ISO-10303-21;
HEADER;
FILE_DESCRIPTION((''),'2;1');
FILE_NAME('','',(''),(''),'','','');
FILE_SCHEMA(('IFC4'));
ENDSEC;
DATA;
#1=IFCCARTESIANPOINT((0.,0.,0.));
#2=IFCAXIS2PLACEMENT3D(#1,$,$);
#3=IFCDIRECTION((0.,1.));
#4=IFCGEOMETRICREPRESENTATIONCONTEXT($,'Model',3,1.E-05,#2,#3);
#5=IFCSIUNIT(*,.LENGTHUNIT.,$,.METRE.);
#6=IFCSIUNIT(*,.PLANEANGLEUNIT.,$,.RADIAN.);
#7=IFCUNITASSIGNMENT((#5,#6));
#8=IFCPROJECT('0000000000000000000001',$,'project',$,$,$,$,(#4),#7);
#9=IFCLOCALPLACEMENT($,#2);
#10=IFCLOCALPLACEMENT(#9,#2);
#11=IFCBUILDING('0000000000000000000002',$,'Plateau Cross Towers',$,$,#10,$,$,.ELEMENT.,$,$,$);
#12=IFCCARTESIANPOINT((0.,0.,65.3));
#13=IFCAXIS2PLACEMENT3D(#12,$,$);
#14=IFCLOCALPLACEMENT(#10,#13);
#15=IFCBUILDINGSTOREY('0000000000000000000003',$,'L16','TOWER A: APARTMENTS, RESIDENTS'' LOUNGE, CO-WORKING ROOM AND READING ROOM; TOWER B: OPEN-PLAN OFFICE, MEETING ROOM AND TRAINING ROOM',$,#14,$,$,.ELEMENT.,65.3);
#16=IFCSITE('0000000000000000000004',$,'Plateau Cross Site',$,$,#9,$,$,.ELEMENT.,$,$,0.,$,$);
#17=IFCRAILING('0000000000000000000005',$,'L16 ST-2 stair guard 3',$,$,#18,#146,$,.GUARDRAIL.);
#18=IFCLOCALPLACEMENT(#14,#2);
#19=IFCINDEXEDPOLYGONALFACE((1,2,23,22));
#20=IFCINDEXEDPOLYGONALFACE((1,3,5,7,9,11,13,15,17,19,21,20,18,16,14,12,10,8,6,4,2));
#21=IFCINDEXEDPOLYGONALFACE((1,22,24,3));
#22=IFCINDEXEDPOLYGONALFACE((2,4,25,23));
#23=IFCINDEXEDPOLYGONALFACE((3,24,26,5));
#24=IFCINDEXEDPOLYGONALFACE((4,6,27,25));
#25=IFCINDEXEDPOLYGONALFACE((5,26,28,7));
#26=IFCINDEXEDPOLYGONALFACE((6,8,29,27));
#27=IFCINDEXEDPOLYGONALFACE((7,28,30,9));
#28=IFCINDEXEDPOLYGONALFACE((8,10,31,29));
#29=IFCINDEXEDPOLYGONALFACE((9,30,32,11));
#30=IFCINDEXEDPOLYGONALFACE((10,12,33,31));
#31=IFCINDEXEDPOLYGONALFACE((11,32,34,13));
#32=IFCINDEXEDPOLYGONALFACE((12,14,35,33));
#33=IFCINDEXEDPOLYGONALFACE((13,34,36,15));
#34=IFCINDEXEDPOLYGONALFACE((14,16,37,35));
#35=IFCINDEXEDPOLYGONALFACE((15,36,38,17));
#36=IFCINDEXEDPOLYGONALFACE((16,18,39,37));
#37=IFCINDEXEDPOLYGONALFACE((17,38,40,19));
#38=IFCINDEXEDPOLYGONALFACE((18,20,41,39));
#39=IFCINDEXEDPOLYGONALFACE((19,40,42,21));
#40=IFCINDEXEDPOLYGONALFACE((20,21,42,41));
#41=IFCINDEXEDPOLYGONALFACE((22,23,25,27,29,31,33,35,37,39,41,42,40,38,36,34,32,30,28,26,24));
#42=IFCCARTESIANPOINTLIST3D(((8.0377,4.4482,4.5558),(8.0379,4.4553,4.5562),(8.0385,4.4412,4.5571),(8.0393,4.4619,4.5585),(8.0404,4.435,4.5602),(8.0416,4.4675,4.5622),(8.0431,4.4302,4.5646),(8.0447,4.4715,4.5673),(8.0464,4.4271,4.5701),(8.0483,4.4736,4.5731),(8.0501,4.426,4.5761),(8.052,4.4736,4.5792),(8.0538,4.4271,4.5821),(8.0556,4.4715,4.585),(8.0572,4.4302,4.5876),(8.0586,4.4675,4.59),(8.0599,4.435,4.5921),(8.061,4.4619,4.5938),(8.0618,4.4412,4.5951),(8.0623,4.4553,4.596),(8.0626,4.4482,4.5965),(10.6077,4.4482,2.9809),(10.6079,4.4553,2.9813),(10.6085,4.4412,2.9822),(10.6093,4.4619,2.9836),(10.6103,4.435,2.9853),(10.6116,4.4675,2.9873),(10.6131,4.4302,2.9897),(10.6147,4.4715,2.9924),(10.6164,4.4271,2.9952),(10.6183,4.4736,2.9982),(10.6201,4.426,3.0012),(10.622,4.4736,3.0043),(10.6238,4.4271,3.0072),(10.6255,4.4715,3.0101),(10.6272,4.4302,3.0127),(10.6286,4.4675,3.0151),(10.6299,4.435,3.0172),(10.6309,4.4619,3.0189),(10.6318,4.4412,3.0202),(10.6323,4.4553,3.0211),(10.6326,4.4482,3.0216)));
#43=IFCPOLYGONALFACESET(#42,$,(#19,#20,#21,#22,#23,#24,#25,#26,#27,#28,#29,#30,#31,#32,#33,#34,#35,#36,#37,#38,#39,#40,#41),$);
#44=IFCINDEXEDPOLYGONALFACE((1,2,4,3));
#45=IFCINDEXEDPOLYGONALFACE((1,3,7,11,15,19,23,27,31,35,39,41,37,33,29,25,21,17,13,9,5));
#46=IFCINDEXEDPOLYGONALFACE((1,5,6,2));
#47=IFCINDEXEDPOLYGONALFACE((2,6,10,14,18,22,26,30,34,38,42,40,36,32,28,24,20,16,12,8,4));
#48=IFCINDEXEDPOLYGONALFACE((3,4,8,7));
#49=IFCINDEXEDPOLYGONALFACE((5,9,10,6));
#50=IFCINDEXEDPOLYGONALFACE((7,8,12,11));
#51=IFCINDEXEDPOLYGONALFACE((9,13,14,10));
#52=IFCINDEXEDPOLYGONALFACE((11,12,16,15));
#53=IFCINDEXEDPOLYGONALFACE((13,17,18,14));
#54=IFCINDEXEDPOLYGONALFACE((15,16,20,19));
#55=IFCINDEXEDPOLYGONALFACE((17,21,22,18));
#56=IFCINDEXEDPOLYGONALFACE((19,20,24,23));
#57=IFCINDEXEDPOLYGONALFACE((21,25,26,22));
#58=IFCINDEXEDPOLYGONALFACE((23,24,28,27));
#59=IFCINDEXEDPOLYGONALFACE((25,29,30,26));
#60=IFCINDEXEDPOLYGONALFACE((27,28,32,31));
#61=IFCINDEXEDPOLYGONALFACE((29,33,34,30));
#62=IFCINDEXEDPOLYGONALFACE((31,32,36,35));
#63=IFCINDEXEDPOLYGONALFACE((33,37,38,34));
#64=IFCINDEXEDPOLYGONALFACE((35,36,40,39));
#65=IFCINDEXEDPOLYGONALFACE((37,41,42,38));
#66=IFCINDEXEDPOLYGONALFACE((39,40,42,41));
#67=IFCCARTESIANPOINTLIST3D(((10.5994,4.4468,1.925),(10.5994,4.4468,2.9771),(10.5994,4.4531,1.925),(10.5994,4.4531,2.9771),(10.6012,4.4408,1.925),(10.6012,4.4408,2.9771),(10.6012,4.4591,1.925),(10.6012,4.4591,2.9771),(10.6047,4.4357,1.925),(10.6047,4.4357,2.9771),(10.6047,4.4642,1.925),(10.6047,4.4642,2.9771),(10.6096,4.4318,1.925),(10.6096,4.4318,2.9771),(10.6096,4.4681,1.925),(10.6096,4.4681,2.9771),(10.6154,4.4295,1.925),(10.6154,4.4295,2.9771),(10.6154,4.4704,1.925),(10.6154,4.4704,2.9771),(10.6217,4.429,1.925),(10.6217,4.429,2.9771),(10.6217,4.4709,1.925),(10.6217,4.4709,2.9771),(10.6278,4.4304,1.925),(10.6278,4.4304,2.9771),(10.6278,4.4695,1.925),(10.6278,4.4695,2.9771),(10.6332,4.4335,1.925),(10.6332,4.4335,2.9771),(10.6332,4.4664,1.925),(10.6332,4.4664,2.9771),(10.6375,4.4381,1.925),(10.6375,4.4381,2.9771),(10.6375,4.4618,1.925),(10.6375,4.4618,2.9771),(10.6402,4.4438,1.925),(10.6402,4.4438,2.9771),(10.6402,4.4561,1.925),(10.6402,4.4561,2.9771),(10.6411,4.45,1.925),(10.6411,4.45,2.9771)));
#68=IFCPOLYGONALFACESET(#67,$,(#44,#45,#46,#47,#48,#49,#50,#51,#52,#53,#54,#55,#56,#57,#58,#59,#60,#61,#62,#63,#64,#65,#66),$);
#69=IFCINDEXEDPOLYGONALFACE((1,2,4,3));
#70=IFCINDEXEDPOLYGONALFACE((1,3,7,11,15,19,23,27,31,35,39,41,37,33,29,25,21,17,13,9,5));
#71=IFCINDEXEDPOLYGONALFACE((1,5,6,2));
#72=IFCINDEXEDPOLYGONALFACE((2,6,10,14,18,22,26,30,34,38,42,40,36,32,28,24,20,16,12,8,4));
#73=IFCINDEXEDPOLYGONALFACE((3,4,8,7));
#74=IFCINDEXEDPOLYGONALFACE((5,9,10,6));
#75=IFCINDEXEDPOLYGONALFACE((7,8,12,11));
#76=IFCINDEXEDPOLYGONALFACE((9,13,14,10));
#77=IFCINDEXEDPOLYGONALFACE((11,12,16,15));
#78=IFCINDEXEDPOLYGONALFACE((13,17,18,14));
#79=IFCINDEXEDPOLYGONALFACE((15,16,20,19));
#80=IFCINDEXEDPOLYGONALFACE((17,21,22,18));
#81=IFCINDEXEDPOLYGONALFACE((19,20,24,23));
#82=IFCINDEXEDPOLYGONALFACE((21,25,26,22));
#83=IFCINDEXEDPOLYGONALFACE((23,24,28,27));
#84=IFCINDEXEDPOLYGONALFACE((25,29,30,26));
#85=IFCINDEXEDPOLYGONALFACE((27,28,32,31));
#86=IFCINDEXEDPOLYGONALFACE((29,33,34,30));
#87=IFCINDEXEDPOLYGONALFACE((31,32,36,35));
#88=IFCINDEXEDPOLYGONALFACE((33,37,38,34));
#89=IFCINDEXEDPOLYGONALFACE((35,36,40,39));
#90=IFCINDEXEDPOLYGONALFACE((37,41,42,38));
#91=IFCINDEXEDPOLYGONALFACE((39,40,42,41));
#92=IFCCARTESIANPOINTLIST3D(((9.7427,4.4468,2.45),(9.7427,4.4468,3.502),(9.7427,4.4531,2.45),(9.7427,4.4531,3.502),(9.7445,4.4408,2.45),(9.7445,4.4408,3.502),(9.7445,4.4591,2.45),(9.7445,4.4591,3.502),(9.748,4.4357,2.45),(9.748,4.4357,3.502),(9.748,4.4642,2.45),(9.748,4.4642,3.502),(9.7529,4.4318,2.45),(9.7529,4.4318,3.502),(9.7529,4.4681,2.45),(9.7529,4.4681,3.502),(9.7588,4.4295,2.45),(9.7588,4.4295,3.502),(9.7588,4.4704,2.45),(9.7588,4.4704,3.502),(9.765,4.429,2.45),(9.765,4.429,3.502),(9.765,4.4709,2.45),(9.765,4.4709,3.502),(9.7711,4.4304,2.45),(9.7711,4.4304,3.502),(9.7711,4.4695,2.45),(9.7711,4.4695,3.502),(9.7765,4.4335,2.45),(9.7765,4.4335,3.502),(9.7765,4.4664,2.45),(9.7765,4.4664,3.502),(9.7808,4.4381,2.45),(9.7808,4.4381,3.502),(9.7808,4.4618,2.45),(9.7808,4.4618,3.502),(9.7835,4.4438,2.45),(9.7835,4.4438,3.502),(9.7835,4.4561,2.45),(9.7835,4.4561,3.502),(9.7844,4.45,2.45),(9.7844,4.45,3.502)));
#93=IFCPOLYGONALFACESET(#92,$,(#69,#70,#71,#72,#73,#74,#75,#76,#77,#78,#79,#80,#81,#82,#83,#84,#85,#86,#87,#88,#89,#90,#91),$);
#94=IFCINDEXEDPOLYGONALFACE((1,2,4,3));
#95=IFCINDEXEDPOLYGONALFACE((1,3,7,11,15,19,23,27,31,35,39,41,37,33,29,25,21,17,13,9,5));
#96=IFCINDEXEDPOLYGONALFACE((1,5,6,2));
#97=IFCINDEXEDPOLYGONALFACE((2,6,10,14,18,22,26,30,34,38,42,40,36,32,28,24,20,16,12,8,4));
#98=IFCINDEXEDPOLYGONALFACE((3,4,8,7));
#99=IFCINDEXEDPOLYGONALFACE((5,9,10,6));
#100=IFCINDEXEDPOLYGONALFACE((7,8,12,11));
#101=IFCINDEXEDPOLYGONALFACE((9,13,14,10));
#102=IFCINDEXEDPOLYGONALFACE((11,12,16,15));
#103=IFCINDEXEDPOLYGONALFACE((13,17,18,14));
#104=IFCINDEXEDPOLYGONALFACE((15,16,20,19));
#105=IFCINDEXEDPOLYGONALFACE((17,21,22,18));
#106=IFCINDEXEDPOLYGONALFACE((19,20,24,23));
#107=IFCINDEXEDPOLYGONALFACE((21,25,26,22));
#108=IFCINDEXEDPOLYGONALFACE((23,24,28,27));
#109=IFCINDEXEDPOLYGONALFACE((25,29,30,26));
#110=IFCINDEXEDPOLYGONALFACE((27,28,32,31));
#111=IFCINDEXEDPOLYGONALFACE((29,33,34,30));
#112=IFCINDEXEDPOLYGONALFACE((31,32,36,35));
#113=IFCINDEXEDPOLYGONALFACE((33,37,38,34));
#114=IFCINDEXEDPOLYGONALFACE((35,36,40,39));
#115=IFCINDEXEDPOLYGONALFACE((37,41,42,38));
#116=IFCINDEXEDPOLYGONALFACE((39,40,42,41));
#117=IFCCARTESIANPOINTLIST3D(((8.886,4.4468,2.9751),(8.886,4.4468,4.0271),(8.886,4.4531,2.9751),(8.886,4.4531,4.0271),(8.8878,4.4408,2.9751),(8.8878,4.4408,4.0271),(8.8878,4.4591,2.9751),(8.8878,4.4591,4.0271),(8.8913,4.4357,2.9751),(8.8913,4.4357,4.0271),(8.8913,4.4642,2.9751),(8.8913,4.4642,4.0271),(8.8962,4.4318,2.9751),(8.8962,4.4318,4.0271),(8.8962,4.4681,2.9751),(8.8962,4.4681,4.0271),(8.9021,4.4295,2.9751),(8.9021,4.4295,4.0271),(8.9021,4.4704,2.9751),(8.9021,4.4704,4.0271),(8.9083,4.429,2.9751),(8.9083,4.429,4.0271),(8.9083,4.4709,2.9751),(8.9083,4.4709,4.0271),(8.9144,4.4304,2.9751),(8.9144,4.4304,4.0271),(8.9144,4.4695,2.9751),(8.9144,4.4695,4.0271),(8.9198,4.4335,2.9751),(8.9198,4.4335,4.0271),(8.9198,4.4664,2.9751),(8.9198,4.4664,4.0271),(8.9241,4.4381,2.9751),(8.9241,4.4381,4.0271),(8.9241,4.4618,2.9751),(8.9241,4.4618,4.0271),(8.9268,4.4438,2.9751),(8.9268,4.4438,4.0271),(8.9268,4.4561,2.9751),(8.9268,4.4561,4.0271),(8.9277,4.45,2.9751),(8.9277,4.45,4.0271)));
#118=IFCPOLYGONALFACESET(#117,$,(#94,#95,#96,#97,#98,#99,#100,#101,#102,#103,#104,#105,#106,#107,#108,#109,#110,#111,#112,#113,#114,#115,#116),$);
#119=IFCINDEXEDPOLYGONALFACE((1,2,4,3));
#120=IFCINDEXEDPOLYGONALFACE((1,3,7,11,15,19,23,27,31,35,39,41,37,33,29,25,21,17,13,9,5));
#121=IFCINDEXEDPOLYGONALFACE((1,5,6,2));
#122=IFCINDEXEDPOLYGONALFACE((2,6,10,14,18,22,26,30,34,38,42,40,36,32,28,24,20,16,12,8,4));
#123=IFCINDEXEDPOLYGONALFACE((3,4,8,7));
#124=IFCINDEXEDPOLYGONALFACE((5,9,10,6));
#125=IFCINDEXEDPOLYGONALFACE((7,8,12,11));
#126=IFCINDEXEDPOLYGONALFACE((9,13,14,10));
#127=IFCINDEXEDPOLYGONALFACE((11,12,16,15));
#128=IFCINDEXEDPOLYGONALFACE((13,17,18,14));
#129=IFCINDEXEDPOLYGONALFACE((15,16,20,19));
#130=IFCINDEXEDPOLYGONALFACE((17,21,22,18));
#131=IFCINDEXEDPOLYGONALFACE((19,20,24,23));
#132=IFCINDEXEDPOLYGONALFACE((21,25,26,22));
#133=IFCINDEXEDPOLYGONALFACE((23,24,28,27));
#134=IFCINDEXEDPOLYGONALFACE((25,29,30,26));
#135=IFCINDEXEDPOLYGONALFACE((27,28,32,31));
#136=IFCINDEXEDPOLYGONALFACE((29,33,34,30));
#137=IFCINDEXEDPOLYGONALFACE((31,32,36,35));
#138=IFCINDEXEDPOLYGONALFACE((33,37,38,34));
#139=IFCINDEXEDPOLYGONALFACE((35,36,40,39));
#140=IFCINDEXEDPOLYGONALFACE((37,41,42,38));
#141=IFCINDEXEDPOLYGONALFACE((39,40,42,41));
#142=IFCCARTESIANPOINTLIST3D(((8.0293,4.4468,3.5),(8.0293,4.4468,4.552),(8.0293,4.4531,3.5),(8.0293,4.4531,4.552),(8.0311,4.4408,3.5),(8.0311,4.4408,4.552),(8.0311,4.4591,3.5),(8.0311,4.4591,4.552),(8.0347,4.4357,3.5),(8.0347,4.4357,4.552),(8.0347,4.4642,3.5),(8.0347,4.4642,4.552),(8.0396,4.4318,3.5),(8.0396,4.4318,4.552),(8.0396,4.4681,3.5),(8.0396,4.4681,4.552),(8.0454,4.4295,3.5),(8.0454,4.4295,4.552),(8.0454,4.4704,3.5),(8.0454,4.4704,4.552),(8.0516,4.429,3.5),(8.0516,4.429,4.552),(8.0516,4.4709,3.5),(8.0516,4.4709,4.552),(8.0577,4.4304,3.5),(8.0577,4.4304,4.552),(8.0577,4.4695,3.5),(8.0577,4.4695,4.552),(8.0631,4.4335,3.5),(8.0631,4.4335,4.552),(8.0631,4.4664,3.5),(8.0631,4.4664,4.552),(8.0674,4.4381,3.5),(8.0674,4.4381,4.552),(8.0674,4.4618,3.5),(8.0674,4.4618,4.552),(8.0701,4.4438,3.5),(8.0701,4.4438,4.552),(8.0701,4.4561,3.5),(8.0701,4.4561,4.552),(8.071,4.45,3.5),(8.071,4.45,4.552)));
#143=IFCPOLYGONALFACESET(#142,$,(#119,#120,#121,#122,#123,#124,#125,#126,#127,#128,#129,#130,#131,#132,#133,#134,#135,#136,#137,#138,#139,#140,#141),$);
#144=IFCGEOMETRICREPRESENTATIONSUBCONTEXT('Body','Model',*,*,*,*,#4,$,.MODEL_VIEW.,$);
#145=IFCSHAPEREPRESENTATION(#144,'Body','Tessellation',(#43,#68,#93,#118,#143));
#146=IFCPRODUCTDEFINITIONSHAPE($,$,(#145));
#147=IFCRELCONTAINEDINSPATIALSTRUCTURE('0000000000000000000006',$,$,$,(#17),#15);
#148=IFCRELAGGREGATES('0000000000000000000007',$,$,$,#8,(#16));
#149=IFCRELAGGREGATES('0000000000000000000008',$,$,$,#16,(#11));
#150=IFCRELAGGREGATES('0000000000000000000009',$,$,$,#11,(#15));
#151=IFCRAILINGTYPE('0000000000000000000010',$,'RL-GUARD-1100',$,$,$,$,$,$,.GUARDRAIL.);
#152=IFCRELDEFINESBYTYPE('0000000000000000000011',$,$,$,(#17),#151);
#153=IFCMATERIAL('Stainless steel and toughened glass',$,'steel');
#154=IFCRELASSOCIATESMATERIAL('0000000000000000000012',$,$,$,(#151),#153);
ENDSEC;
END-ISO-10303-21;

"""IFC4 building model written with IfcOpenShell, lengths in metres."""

from ifc_helpers import new_model, si_unit, direction, frame, origin, origin_2d, place, context, subcontext, project, spatial, circle, extrude, material, type_object, element, save


model = new_model("IFC4")

# Units and contexts
model_context = context("Model", 3, precision=1e-05, world=origin(), true_north=direction((0.0, 1.0)))
body_context = subcontext(model_context, "Body", "Model", "MODEL_VIEW")
ifc_project = project(units=[si_unit("LENGTHUNIT", "METRE"), si_unit("PLANEANGLEUNIT", "RADIAN")], contexts=[model_context])

# Site, building, storey
site_placement = place(None, origin())
site = spatial("IfcSite", under=ifc_project, at=site_placement, Name="Plateau Cross Site", CompositionType="ELEMENT", RefElevation=0.0)
building_placement = place(site_placement, origin())
building = spatial("IfcBuilding", under=site, at=building_placement, Name="Plateau Cross Towers", CompositionType="ELEMENT")
storey_placement = place(building_placement, frame((0.0, 0.0, 65.3)))
storey = spatial("IfcBuildingStorey", under=building, at=storey_placement, Name="L16", Description="TOWER A: APARTMENTS, RESIDENTS' LOUNGE, CO-WORKING ROOM AND READING ROOM; TOWER B: OPEN-PLAN OFFICE, MEETING ROOM AND TRAINING ROOM", CompositionType="ELEMENT", Elevation=65.3)

# Railing
ifc_material_1 = material(Name="Stainless steel and toughened glass", Category="steel")
railing_type_1 = type_object("IfcRailingType", Name="RL-GUARD-1100", PredefinedType="GUARDRAIL", material=ifc_material_1)
railing_1_placement = place(storey_placement, frame((10.6201, 4.45, 1.925)))
element("IfcRailing", 1, at=railing_1_placement, inside=storey, type_object=railing_type_1, Name="L16 ST-2 stair guard 3", PredefinedType="GUARDRAIL", context=body_context, shape_type="SweptSolid", body=[
    extrude(circle(Radius=0.0239, at=origin_2d()), frame((0.0, 0.0, 1.0762), z_axis=(-0.852639, 0.0, 0.522501), x_axis=(0.0, -1.0, 0.0)), (0.0, 0.0, 1.0), 3.0142),
    extrude(circle(Radius=0.021, at=origin_2d()), origin(), (0.0, 0.0, 1.0), 1.052),
    extrude(circle(Radius=0.021, at=origin_2d()), frame((-0.8567, 0.0, 0.5249)), (0.0, 0.0, 1.0), 1.052),
    extrude(circle(Radius=0.021, at=origin_2d()), frame((-1.7134, 0.0, 1.05)), (0.0, 0.0, 1.0), 1.052),
    extrude(circle(Radius=0.021, at=origin_2d()), frame((-2.5701, 0.0, 1.575)), (0.0, 0.0, 1.0), 1.052),
])

save(model, "model.ifc")
